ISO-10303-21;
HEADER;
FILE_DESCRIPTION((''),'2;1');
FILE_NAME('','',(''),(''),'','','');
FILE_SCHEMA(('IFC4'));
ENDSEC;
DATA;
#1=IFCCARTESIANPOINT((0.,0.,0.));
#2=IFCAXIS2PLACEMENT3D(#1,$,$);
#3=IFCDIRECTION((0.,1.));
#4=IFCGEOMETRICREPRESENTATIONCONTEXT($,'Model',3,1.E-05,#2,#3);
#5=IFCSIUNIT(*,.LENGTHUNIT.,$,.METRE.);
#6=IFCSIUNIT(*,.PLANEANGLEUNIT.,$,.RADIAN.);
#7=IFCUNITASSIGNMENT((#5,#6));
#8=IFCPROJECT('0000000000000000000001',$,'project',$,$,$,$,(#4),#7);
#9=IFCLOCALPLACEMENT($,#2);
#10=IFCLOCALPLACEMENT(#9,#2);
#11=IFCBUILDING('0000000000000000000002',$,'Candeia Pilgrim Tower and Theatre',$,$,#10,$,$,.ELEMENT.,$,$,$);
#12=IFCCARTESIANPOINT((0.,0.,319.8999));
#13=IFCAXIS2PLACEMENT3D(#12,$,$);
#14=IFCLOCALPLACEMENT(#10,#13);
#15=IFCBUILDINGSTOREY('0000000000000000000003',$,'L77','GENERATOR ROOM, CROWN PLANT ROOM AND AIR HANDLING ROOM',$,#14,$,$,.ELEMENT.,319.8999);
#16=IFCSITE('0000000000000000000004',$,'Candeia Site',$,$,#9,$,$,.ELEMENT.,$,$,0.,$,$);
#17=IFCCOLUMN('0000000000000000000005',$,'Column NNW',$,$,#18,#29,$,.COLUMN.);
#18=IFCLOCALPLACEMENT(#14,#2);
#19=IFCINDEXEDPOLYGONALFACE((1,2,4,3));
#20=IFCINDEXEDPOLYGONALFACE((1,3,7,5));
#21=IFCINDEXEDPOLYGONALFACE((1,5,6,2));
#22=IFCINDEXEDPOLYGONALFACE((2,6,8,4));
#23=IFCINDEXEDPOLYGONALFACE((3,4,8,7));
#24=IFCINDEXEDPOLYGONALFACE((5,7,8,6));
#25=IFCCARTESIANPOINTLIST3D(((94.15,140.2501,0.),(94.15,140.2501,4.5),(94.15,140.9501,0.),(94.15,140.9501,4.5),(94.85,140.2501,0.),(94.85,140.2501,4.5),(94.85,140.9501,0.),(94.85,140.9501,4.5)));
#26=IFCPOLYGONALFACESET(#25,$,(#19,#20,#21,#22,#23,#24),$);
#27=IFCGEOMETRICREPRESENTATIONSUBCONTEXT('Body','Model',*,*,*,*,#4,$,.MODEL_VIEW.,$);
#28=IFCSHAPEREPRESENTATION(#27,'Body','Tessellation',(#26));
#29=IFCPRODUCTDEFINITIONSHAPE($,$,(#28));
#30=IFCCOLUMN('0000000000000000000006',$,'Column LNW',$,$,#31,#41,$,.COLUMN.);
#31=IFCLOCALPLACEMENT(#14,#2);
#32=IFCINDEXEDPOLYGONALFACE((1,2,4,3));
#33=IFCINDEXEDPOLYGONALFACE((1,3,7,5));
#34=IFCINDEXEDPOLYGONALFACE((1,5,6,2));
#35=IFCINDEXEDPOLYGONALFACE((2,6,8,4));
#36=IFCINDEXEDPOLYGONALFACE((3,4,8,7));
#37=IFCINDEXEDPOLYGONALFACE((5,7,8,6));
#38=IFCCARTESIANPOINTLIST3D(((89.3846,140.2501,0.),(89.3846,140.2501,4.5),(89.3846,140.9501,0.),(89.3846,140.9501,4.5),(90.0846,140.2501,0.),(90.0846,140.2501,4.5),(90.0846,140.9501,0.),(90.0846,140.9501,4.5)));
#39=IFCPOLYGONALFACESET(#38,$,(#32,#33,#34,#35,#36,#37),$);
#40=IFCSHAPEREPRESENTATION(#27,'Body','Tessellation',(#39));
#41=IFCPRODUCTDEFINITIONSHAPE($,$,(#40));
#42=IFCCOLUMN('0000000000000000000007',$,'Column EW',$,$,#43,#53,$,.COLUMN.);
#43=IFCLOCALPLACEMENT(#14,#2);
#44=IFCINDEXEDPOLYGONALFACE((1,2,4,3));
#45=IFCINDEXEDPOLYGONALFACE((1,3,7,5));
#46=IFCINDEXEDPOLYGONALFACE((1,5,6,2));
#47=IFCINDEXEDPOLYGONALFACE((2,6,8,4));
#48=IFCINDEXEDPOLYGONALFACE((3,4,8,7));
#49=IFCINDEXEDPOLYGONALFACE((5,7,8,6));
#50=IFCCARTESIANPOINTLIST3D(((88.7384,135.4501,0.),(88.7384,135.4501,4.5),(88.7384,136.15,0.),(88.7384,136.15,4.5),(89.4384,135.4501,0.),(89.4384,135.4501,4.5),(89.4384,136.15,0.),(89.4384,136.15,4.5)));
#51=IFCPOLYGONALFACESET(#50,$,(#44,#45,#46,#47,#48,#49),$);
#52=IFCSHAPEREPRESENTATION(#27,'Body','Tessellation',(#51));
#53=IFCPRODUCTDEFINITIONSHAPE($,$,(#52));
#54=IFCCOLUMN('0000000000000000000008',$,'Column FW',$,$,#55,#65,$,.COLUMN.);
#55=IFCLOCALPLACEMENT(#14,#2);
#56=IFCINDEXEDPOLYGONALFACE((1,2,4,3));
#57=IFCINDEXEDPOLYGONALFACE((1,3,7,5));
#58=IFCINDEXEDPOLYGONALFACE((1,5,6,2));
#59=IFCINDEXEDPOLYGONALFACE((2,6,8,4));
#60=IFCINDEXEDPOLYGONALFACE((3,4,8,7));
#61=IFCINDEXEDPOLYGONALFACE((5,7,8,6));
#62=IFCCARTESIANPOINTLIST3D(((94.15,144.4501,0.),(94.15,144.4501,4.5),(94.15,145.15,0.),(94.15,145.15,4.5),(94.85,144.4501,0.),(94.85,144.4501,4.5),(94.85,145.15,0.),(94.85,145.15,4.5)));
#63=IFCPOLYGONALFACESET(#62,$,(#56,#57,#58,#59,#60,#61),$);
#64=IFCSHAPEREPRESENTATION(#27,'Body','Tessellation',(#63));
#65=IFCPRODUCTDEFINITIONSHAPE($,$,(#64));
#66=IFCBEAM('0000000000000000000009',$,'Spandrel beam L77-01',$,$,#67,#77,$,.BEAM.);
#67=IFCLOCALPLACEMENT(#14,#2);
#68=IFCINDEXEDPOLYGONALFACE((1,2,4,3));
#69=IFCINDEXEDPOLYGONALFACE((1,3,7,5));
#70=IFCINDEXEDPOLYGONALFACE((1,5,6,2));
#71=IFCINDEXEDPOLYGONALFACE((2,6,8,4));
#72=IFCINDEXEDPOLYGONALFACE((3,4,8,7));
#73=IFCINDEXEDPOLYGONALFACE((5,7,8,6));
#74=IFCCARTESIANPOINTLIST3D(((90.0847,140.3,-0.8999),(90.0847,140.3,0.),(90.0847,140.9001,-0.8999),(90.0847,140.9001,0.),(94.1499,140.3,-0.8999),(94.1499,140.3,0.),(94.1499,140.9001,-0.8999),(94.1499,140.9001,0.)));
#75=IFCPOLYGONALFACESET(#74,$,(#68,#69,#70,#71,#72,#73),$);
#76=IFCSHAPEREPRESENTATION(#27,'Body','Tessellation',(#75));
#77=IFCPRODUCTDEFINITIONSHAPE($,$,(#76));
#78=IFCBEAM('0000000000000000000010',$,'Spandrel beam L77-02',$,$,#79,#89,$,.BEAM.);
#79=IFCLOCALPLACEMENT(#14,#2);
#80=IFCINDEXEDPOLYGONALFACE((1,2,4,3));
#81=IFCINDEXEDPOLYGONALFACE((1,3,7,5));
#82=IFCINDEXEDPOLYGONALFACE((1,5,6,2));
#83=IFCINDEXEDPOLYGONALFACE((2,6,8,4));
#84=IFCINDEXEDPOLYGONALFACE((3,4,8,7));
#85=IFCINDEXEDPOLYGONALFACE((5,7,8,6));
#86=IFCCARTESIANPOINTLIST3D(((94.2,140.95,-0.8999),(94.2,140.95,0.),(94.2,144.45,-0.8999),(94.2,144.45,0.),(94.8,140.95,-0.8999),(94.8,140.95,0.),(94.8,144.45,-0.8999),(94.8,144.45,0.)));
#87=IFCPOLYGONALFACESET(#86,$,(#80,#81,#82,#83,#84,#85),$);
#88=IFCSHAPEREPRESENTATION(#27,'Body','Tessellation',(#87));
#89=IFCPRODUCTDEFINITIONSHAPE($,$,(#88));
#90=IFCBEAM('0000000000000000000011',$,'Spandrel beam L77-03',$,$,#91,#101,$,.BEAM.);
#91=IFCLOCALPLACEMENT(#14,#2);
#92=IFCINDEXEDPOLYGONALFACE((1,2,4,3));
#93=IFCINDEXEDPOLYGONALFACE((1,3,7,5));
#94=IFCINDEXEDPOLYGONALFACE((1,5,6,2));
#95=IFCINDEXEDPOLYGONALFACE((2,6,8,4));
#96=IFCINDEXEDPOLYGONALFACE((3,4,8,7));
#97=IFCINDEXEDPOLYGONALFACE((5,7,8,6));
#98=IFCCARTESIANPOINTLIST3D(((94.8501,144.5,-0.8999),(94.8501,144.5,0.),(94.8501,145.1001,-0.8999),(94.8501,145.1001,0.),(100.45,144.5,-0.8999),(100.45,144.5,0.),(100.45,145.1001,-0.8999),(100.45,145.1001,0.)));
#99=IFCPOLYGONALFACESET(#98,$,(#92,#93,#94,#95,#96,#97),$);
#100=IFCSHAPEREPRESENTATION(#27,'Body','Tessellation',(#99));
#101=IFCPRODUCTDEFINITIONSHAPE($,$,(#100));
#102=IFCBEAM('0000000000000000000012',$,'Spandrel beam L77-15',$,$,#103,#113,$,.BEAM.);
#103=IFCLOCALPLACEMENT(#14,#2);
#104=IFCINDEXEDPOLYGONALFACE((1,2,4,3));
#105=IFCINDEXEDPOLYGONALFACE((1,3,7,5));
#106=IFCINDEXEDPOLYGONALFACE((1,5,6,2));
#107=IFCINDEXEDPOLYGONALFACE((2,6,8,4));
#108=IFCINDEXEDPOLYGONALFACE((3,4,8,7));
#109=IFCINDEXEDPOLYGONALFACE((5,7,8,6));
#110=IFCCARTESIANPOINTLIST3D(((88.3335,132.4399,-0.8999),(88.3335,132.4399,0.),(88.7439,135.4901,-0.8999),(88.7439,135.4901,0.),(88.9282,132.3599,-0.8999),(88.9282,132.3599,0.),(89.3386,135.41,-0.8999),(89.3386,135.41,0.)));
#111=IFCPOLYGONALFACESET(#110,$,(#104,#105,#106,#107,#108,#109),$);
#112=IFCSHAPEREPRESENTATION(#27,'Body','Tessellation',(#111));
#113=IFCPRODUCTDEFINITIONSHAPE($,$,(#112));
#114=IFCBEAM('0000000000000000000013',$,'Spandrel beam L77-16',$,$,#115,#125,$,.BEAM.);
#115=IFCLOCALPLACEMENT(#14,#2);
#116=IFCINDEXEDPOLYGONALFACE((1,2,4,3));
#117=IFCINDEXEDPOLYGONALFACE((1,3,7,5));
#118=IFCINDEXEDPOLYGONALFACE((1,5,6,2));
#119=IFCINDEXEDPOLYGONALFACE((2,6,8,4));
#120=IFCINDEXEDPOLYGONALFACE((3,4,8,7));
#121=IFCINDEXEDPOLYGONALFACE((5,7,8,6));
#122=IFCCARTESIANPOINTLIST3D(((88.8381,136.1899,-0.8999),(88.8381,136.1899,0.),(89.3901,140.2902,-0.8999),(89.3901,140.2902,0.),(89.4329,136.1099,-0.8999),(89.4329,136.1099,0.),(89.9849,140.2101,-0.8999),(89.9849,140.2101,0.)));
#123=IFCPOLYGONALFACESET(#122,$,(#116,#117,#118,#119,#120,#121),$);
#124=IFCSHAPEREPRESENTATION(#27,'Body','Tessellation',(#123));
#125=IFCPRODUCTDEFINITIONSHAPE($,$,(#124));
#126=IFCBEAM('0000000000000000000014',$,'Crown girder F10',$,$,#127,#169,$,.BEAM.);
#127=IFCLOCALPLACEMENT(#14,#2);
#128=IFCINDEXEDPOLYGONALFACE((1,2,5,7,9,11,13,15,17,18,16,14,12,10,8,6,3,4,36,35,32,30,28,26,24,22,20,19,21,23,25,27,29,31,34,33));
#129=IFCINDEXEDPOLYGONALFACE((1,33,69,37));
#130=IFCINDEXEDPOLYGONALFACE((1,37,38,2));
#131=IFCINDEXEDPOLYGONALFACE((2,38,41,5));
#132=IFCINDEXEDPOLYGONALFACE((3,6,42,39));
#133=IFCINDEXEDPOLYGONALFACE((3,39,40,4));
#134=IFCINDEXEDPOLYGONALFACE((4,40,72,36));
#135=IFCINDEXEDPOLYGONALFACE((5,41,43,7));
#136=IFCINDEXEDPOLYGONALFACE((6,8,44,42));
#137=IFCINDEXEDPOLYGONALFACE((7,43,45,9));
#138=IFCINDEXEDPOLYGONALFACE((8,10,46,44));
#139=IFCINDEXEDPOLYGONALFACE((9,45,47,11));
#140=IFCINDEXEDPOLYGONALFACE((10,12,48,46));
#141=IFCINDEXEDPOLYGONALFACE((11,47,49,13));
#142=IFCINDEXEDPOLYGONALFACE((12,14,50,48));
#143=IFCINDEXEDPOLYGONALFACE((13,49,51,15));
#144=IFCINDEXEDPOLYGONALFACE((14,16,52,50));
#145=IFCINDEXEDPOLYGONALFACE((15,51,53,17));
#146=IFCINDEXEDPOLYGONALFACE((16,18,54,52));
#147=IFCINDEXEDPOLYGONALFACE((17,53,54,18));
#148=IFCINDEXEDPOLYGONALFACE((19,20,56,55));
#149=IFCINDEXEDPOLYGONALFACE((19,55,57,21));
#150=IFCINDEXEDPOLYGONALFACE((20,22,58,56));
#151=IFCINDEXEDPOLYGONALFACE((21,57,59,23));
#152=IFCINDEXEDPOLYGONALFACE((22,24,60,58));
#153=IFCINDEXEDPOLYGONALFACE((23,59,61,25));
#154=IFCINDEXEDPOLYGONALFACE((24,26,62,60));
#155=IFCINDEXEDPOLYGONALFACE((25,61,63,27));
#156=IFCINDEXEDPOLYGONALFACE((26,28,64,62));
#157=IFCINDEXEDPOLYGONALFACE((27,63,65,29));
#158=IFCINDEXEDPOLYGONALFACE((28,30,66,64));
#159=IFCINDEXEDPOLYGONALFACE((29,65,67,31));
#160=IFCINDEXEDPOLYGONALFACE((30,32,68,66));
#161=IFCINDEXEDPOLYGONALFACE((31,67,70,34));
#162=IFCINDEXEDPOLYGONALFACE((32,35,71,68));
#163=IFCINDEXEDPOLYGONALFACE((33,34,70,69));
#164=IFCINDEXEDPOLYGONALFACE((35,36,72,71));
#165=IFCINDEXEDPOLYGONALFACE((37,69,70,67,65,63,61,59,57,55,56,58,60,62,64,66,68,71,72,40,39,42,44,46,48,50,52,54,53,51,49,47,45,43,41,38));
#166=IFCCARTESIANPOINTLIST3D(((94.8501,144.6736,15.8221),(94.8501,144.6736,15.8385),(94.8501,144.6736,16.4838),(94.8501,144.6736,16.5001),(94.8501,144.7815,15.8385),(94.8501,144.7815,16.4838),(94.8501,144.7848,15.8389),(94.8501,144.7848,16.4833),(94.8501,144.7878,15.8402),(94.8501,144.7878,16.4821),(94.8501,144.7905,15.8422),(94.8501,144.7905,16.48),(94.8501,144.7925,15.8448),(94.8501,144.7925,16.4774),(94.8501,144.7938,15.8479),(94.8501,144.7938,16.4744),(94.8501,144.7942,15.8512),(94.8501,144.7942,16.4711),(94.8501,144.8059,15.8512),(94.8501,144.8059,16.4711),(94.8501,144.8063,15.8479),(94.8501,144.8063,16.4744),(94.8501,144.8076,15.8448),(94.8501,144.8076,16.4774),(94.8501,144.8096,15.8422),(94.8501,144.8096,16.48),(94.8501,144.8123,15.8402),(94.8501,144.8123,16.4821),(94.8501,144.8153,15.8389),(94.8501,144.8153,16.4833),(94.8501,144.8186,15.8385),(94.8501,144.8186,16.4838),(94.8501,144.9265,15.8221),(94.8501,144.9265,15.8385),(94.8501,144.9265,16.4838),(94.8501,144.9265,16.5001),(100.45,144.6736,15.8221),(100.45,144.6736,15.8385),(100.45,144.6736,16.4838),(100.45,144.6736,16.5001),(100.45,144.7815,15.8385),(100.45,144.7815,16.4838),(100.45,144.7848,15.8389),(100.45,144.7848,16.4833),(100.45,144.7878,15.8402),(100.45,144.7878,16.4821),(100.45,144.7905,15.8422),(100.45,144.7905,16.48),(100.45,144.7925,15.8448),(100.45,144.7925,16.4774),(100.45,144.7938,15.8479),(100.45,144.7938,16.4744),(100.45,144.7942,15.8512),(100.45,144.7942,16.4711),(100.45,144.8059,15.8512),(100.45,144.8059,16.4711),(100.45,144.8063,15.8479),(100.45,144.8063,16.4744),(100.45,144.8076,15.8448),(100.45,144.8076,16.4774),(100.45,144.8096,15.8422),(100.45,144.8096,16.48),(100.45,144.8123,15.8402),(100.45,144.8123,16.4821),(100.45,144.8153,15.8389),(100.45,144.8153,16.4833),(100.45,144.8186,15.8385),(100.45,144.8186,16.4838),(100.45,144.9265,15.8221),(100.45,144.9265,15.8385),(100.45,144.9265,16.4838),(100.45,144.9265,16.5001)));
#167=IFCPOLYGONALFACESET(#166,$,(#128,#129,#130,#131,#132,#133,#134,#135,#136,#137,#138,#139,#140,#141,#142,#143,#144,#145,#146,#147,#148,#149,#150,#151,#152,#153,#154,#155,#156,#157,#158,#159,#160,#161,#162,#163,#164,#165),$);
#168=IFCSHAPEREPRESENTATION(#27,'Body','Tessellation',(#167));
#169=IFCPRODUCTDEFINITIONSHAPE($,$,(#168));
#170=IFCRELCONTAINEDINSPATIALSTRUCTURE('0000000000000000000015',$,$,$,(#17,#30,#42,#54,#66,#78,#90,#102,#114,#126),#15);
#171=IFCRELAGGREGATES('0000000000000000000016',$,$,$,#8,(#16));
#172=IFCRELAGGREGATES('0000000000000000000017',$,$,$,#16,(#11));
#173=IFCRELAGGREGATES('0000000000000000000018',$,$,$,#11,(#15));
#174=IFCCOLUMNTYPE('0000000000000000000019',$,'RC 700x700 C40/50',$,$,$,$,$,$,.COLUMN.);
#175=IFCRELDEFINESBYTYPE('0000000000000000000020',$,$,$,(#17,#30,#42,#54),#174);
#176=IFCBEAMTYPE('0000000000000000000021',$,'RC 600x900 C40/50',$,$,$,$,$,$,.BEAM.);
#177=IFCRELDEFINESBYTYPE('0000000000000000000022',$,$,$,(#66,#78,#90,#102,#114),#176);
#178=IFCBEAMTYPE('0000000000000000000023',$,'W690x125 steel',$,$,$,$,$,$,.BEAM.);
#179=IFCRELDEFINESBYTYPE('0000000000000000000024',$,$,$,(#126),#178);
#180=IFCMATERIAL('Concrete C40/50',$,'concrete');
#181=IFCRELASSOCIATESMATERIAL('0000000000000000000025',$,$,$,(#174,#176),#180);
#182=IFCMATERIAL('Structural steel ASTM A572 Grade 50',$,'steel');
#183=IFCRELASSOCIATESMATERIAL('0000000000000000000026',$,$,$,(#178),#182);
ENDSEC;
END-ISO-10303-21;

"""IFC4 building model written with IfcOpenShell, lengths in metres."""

from ifc_helpers import new_model, si_unit, direction, frame, origin, origin_2d, place, context, subcontext, project, spatial, rectangle, i_section, extrude, material, material_profile, profile_set, type_object, element, save


model = new_model("IFC4")

# Units and contexts
model_context = context("Model", 3, precision=1e-05, world=origin(), true_north=direction((0.0, 1.0)))
body_context = subcontext(model_context, "Body", "Model", "MODEL_VIEW")
ifc_project = project(units=[si_unit("LENGTHUNIT", "METRE"), si_unit("PLANEANGLEUNIT", "RADIAN")], contexts=[model_context])

# Site, building, storey
site_placement = place(None, origin())
site = spatial("IfcSite", under=ifc_project, at=site_placement, Name="Candeia Site", CompositionType="ELEMENT", RefElevation=0.0)
building_placement = place(site_placement, origin())
building = spatial("IfcBuilding", under=site, at=building_placement, Name="Candeia Pilgrim Tower and Theatre", CompositionType="ELEMENT")
storey_placement = place(building_placement, frame((0.0, 0.0, 319.8999)))
storey = spatial("IfcBuildingStorey", under=building, at=storey_placement, Name="L77", Description="GENERATOR ROOM, CROWN PLANT ROOM AND AIR HANDLING ROOM", CompositionType="ELEMENT", Elevation=319.8999)

# Columns
ifc_material_1 = material(Name="Concrete C40/50", Category="concrete")
ifc_material_profile_1 = material_profile(ifc_material_1, rectangle(XDim=0.7, YDim=0.7, at=origin_2d()))
ifc_profile_set_1 = profile_set([ifc_material_profile_1], Name="Concrete C40/50")
column_type = type_object("IfcColumnType", Name="RC 700x700 C40/50", PredefinedType="COLUMN", material=ifc_profile_set_1)
for number, where, z_axis, x_axis, name in (
    (1, (94.5, 140.6001, 0.0), (0.0, 0.0, 1.0), (1.0, 0.0, 0.0), "Column NNW"),
    (2, (89.7346, 140.6001, 0.0), (0.0, 0.0, 1.0), (1.0, 0.0, 0.0), "Column LNW"),
    (3, (89.0884, 135.8, 0.0), (0.0, 0.0, 1.0), (1.0, 0.0, 0.0), "Column EW"),
    (4, (94.5, 144.8, 0.0), (0.0, 0.0, 1.0), (1.0, 0.0, 0.0), "Column FW"),
):
    element("IfcColumn", number, at=place(storey_placement, frame(where, z_axis=z_axis, x_axis=x_axis)), inside=storey, type_object=column_type, Name=name, PredefinedType="COLUMN", context=body_context, shape_type="SweptSolid", body=[
        extrude(rectangle(XDim=0.7, YDim=0.7, at=origin_2d()), origin(), (0.0, 0.0, 1.0), 4.5),
    ])

# Beams
ifc_material_profile_2 = material_profile(ifc_material_1, rectangle(XDim=0.6001, YDim=0.8999, at=origin_2d()))
ifc_profile_set_2 = profile_set([ifc_material_profile_2], Name="Concrete C40/50")
beam_type_1 = type_object("IfcBeamType", Name="RC 600x900 C40/50", PredefinedType="BEAM", material=ifc_profile_set_2)
beam_1_placement = place(storey_placement, frame((90.0847, 140.6001, -0.45), z_axis=(1.0, 0.0, 0.0), x_axis=(0.0, 1.0, 0.0)))
element("IfcBeam", 5, at=beam_1_placement, inside=storey, type_object=beam_type_1, Name="Spandrel beam L77-01", PredefinedType="BEAM", context=body_context, shape_type="SweptSolid", body=[
    extrude(rectangle(XDim=0.6001, YDim=0.8999, at=origin_2d()), origin(), (0.0, 0.0, 1.0), 4.0652),
])
beam_2_placement = place(storey_placement, frame((94.5, 140.95, -0.45), z_axis=(0.0, 1.0, 0.0), x_axis=(-1.0, 0.0, 0.0)))
element("IfcBeam", 6, at=beam_2_placement, inside=storey, type_object=beam_type_1, Name="Spandrel beam L77-02", PredefinedType="BEAM", context=body_context, shape_type="SweptSolid", body=[
    extrude(rectangle(XDim=0.6001, YDim=0.8999, at=origin_2d()), origin(), (0.0, 0.0, 1.0), 3.5),
])
beam_3_placement = place(storey_placement, frame((94.8501, 144.8, -0.45), z_axis=(1.0, 0.0, 0.0), x_axis=(0.0, 1.0, 0.0)))
element("IfcBeam", 7, at=beam_3_placement, inside=storey, type_object=beam_type_1, Name="Spandrel beam L77-03", PredefinedType="BEAM", context=body_context, shape_type="SweptSolid", body=[
    extrude(rectangle(XDim=0.6001, YDim=0.8999, at=origin_2d()), origin(), (0.0, 0.0, 1.0), 5.5999),
])
beam_4_placement = place(storey_placement, frame((88.6309, 132.3999, -0.45), z_axis=(0.133354, 0.991069, 0.0), x_axis=(-0.991069, 0.133354, 0.0)))
element("IfcBeam", 8, at=beam_4_placement, inside=storey, type_object=beam_type_1, Name="Spandrel beam L77-15", PredefinedType="BEAM", context=body_context, shape_type="SweptSolid", body=[
    extrude(rectangle(XDim=0.6001, YDim=0.8999, at=origin_2d()), origin(), (0.0, 0.0, 1.0), 3.0776),
])
beam_5_placement = place(storey_placement, frame((89.1355, 136.1499, -0.45), z_axis=(0.133428, 0.991059, 0.0), x_axis=(-0.991059, 0.133428, 0.0)))
element("IfcBeam", 9, at=beam_5_placement, inside=storey, type_object=beam_type_1, Name="Spandrel beam L77-16", PredefinedType="BEAM", context=body_context, shape_type="SweptSolid", body=[
    extrude(rectangle(XDim=0.6001, YDim=0.8999, at=origin_2d()), origin(), (0.0, 0.0, 1.0), 4.1372),
])
ifc_material_2 = material(Name="Structural steel ASTM A572 Grade 50", Category="steel")
ifc_material_profile_3 = material_profile(ifc_material_2, i_section(OverallWidth=0.2529, OverallDepth=0.678, WebThickness=0.0117, FlangeThickness=0.0164, FilletRadius=0.0127, at=origin_2d()))
ifc_profile_set_3 = profile_set([ifc_material_profile_3], Name="Structural steel ASTM A572 Grade 50")
beam_type_2 = type_object("IfcBeamType", Name="W690x125 steel", PredefinedType="BEAM", material=ifc_profile_set_3)
beam_6_placement = place(storey_placement, frame((94.8501, 144.8, 16.1611), z_axis=(1.0, 0.0, 0.0), x_axis=(0.0, 1.0, 0.0)))
element("IfcBeam", 10, at=beam_6_placement, inside=storey, type_object=beam_type_2, Name="Crown girder F10", PredefinedType="BEAM", context=body_context, shape_type="SweptSolid", body=[
    extrude(i_section(OverallWidth=0.2529, OverallDepth=0.678, WebThickness=0.0117, FlangeThickness=0.0164, FilletRadius=0.0127, at=origin_2d()), origin(), (0.0, 0.0, 1.0), 5.5999),
])

save(model, "model.ifc")
